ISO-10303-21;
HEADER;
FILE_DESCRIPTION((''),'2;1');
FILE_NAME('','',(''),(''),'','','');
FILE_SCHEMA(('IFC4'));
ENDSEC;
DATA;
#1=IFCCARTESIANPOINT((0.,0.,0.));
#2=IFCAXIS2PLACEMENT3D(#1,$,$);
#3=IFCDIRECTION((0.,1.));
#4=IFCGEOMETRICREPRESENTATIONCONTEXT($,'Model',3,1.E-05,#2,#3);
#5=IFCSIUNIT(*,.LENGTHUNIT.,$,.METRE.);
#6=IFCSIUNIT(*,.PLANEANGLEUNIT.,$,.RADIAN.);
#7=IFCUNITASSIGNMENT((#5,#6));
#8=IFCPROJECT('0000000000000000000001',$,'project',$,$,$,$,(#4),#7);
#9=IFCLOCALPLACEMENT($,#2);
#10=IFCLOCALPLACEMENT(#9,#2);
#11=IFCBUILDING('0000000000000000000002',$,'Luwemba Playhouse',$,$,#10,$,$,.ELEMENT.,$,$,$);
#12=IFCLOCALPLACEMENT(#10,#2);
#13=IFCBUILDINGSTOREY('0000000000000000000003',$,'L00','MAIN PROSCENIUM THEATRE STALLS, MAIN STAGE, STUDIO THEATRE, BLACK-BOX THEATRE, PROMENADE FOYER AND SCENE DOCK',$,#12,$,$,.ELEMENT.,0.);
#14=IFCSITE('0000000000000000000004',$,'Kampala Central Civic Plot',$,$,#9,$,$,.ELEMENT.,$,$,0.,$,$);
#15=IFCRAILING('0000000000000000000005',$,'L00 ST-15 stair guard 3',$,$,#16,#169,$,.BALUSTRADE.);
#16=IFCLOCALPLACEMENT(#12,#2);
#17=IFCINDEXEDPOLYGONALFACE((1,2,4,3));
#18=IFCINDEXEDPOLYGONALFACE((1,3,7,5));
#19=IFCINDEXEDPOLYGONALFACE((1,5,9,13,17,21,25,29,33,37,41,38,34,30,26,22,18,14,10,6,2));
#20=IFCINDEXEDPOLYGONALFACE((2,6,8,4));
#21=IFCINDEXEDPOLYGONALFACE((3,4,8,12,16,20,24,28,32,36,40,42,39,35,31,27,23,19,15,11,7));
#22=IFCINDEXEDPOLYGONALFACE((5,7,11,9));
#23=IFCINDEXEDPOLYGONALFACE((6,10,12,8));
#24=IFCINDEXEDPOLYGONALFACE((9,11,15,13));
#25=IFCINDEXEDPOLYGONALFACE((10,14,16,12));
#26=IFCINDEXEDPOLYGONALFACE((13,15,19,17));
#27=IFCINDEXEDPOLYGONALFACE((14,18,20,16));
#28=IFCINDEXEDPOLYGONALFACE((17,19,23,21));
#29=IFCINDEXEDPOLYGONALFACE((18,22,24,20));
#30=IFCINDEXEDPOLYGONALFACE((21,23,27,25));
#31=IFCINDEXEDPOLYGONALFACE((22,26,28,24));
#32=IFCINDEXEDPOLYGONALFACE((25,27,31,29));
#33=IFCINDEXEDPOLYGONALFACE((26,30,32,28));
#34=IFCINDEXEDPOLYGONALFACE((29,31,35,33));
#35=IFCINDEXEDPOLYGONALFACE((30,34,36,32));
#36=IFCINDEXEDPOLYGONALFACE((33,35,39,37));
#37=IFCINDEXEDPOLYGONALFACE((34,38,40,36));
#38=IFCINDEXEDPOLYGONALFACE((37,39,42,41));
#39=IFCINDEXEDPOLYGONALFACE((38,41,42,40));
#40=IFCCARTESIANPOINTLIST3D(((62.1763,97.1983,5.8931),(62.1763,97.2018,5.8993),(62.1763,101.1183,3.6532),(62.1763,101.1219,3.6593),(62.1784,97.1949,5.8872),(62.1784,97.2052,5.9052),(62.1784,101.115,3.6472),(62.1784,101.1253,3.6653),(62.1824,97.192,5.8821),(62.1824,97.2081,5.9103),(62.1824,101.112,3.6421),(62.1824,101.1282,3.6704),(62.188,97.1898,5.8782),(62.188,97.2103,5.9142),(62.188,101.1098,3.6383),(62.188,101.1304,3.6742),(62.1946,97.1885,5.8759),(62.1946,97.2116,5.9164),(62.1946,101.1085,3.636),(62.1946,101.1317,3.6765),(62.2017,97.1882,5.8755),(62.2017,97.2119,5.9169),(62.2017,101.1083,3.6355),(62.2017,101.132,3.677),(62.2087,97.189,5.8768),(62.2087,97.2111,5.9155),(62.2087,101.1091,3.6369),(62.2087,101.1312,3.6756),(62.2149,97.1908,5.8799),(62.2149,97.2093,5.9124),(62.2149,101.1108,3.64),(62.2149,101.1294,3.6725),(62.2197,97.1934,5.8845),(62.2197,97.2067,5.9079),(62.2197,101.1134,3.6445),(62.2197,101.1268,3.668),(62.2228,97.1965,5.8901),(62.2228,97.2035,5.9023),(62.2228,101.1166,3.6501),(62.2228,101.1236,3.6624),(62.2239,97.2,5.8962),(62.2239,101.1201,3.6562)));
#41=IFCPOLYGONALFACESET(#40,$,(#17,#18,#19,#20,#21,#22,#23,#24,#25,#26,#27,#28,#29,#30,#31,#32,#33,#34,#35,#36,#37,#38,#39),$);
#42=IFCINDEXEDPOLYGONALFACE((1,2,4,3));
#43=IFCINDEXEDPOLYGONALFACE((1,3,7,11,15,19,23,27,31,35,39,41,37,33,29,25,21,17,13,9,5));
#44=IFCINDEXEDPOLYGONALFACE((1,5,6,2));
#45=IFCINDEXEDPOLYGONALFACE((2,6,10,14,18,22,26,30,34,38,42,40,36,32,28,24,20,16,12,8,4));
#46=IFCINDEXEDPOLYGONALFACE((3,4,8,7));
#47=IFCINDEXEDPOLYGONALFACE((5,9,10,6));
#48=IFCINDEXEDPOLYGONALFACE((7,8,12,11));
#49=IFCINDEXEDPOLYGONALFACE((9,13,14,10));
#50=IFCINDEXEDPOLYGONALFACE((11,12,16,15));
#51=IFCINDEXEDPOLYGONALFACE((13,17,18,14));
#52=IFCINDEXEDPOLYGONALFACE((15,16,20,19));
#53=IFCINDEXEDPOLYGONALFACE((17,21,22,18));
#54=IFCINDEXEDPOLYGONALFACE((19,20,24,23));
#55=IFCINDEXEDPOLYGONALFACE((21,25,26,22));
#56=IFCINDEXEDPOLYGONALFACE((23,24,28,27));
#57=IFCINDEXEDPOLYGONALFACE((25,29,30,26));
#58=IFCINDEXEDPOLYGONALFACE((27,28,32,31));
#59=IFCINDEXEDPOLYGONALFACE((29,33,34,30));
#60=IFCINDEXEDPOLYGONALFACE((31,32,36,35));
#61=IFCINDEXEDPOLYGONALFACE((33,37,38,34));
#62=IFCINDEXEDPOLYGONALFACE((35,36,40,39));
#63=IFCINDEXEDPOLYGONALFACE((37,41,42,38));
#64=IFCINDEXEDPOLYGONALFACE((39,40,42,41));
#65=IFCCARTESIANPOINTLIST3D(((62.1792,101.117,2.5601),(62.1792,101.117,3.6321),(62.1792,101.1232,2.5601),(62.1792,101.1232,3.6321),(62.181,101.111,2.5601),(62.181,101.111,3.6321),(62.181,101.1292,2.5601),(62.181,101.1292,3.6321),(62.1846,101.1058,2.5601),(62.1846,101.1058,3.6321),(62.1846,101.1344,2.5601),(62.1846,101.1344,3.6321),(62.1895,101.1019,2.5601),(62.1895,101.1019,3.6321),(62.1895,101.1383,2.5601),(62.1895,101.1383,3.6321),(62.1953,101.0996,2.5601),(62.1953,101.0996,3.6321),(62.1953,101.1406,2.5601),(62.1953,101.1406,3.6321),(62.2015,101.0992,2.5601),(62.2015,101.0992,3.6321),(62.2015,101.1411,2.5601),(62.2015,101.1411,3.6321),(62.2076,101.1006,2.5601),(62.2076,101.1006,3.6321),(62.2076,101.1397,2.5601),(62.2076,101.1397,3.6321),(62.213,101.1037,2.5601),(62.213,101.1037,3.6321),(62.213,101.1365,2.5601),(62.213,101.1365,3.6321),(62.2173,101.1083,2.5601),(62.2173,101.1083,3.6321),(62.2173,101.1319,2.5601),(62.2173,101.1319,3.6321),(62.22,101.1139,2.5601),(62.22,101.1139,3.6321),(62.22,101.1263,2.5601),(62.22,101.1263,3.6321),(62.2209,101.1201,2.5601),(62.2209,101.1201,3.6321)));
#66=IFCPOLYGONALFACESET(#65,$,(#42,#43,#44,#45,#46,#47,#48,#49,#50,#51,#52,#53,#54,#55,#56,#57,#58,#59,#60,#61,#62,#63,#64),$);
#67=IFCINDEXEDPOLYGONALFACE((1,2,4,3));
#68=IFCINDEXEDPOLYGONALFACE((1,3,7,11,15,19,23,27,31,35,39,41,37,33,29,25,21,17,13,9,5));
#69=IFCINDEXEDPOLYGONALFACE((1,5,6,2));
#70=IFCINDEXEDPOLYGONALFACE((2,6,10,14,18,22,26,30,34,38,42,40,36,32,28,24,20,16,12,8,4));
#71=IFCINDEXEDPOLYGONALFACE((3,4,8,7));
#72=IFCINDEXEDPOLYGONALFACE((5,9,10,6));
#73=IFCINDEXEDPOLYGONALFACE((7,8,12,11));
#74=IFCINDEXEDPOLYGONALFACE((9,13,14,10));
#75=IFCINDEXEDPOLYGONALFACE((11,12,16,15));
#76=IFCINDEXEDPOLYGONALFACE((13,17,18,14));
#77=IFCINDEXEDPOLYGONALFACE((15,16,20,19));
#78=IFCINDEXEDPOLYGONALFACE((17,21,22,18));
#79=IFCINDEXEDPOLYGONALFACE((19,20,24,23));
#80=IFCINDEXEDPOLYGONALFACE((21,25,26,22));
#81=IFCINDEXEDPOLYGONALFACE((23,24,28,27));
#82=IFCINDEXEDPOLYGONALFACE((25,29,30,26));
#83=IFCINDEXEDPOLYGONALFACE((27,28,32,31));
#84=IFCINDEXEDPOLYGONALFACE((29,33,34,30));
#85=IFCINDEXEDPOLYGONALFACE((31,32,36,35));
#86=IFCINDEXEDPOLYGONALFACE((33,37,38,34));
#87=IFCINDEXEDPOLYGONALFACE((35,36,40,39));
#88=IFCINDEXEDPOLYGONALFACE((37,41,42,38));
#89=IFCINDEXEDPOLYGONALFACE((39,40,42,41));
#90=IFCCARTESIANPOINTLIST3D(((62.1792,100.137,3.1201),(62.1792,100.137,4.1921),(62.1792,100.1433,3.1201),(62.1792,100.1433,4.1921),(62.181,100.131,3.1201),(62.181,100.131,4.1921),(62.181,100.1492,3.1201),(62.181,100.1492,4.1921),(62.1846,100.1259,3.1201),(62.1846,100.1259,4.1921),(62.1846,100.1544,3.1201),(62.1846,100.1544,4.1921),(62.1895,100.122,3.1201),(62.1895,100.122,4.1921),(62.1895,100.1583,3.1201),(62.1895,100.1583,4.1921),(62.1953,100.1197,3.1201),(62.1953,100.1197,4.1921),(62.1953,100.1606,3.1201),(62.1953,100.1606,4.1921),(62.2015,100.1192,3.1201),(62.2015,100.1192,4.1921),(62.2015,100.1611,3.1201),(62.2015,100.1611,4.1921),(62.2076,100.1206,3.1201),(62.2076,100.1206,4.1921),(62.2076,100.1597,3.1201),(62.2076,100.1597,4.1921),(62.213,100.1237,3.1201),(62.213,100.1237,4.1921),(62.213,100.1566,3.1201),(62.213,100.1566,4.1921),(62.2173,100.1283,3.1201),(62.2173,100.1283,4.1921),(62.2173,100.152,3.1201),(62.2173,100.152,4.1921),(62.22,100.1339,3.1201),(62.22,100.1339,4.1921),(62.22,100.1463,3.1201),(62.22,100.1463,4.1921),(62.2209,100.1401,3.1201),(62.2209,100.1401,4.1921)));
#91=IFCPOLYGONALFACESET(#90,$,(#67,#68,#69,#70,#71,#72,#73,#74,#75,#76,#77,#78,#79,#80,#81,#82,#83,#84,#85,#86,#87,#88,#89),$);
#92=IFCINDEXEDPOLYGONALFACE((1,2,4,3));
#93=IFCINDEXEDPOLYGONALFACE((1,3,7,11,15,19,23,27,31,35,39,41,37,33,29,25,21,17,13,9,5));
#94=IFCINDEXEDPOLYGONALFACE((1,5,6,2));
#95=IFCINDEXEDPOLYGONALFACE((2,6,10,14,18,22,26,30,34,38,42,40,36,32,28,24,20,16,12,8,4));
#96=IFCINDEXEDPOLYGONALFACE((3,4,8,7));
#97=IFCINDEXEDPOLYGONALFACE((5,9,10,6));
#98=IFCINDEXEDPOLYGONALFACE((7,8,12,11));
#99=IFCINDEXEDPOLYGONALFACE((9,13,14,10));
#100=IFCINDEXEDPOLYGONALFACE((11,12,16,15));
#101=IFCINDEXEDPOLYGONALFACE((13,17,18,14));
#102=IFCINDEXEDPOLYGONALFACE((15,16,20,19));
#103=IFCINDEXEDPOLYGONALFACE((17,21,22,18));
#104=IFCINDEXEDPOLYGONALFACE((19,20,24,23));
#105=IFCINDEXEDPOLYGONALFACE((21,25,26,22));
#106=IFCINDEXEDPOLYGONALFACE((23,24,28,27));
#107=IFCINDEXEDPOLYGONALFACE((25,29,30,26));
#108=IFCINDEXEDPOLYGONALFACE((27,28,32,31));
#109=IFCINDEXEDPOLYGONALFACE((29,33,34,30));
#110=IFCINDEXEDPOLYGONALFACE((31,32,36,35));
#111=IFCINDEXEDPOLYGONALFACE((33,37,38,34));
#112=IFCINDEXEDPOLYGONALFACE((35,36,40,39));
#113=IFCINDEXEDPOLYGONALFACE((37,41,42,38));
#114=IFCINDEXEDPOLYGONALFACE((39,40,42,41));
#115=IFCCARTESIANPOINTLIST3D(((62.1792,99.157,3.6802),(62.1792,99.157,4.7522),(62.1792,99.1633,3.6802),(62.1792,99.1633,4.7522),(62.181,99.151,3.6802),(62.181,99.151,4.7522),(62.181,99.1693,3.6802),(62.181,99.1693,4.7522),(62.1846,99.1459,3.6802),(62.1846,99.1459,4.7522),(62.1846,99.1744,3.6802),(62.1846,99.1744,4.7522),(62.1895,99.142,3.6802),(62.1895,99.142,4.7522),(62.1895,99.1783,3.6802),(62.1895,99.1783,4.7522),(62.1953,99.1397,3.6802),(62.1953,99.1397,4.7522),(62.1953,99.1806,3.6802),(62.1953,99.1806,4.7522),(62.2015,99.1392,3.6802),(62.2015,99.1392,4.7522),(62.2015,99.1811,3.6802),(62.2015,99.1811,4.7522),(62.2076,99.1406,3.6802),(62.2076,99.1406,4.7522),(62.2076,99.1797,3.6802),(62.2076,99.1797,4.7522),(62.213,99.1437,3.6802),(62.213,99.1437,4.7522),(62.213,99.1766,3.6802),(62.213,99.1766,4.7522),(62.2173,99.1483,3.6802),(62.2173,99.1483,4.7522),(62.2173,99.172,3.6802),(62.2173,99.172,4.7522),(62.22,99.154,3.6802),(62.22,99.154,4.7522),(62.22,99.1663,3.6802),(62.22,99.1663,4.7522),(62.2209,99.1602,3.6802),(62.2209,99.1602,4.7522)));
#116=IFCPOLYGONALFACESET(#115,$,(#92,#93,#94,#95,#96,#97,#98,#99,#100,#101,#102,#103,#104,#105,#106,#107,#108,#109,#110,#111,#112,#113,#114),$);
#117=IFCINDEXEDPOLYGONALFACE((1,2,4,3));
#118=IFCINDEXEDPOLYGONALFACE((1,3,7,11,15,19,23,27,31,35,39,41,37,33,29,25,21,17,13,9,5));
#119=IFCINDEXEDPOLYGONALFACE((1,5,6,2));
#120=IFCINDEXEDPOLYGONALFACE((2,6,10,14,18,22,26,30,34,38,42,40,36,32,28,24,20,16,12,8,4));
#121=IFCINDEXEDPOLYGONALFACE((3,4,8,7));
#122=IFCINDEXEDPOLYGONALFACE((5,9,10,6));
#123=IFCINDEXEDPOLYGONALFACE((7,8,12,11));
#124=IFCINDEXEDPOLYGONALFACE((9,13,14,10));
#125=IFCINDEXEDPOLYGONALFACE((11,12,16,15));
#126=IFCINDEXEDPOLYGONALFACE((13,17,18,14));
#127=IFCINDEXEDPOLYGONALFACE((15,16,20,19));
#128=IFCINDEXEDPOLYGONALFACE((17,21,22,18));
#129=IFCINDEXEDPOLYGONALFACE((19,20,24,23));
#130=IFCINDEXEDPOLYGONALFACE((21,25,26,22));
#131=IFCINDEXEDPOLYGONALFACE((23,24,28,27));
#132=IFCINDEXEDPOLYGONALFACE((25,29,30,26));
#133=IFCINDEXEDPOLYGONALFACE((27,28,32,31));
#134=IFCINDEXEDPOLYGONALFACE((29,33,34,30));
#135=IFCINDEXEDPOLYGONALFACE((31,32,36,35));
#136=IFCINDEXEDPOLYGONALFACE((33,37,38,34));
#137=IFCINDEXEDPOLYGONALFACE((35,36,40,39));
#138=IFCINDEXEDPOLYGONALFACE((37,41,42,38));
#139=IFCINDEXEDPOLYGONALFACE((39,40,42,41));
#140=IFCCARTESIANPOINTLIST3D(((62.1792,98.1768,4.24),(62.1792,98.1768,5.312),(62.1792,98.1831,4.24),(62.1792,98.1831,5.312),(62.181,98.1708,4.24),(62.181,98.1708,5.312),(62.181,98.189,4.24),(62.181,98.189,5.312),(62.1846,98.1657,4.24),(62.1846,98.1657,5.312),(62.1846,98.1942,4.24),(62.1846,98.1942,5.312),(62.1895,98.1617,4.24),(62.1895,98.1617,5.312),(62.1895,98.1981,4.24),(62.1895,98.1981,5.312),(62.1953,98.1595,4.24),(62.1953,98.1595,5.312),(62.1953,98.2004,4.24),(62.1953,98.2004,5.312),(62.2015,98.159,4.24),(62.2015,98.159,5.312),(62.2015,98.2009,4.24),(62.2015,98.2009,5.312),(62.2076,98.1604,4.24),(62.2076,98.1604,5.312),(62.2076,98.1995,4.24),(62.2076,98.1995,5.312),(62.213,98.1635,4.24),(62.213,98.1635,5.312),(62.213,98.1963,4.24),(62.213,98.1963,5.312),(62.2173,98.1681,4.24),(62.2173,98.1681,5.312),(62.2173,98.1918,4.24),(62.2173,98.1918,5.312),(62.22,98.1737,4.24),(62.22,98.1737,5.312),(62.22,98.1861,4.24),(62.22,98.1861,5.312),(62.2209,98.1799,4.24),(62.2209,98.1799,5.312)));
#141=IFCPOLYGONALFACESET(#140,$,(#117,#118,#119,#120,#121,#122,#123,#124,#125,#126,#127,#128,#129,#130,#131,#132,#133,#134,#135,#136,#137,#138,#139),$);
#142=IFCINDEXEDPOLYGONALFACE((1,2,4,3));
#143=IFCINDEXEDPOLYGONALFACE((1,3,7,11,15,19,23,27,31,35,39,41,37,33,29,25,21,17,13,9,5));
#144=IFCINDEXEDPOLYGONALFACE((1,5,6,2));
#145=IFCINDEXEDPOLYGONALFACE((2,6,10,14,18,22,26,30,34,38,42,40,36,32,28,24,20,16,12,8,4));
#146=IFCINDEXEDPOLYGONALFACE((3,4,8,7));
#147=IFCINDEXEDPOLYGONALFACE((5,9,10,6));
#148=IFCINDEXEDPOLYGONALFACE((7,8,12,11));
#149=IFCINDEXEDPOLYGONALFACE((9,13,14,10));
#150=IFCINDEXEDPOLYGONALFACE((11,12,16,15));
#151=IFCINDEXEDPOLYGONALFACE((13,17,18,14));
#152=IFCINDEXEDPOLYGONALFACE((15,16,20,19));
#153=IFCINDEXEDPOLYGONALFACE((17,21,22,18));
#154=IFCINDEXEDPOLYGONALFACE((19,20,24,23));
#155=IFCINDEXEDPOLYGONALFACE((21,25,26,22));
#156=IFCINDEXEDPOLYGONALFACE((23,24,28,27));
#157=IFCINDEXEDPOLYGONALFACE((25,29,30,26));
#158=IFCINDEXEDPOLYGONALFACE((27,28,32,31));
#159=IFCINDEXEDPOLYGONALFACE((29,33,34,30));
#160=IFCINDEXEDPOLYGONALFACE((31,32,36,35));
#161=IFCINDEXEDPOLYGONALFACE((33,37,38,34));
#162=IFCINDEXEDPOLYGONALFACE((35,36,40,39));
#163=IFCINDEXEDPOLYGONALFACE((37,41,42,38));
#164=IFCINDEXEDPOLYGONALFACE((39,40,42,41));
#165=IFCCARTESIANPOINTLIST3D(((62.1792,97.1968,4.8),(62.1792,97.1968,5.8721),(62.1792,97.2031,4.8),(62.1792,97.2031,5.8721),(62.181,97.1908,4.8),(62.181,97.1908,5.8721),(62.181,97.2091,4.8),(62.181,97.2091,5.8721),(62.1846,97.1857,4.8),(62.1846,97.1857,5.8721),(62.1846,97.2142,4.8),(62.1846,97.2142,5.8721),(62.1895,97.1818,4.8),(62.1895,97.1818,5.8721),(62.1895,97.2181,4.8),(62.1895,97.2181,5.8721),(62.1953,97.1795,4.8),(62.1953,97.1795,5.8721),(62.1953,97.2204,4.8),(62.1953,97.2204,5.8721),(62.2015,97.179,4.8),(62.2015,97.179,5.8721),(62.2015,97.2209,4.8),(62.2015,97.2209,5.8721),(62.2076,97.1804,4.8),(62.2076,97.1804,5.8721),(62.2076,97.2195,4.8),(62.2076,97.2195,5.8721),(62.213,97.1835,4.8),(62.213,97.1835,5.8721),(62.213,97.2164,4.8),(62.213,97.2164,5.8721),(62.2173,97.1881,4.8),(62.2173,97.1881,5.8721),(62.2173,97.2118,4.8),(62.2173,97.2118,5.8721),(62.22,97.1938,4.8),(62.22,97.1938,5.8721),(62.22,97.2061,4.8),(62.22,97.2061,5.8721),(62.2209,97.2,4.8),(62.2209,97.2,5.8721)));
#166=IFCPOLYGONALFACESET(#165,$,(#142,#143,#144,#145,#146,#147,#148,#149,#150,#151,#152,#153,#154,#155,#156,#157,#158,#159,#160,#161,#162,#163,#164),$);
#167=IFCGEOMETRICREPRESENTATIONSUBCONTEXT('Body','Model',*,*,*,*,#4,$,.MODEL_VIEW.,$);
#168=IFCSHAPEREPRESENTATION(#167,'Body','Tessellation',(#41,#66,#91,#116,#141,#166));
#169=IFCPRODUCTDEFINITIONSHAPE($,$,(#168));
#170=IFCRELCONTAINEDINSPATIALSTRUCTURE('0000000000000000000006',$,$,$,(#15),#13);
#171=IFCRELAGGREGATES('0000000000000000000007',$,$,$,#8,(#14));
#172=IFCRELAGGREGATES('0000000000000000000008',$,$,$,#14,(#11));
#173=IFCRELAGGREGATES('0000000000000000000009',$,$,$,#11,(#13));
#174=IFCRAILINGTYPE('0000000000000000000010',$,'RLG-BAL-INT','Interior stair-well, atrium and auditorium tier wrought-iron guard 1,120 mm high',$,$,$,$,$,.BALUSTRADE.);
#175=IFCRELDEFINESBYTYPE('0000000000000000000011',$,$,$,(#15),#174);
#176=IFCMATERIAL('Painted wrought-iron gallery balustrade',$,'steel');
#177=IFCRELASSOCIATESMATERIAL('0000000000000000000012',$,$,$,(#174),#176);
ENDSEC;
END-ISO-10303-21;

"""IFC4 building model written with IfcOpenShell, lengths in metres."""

from ifc_helpers import new_model, si_unit, direction, frame, origin, origin_2d, place, context, subcontext, project, spatial, circle, extrude, material, type_object, element, save


model = new_model("IFC4")

# Units and contexts
model_context = context("Model", 3, precision=1e-05, world=origin(), true_north=direction((0.0, 1.0)))
body_context = subcontext(model_context, "Body", "Model", "MODEL_VIEW")
ifc_project = project(units=[si_unit("LENGTHUNIT", "METRE"), si_unit("PLANEANGLEUNIT", "RADIAN")], contexts=[model_context])

# Site, building, storey
site_placement = place(None, origin())
site = spatial("IfcSite", under=ifc_project, at=site_placement, Name="Kampala Central Civic Plot", CompositionType="ELEMENT", RefElevation=0.0)
building_placement = place(site_placement, origin())
building = spatial("IfcBuilding", under=site, at=building_placement, Name="Luwemba Playhouse", CompositionType="ELEMENT")
storey_placement = place(building_placement, origin())
storey = spatial("IfcBuildingStorey", under=building, at=storey_placement, Name="L00", Description="MAIN PROSCENIUM THEATRE STALLS, MAIN STAGE, STUDIO THEATRE, BLACK-BOX THEATRE, PROMENADE FOYER AND SCENE DOCK", CompositionType="ELEMENT", Elevation=0.0)

# Railing
ifc_material_1 = material(Name="Painted wrought-iron gallery balustrade", Category="steel")
railing_type_1 = type_object("IfcRailingType", Name="RLG-BAL-INT", Description="Interior stair-well, atrium and auditorium tier wrought-iron guard 1,120 mm high", PredefinedType="BALUSTRADE", material=ifc_material_1)
railing_1_placement = place(storey_placement, frame((62.2, 101.1201, 2.5601)))
element("IfcRailing", 1, at=railing_1_placement, inside=storey, type_object=railing_type_1, Name="L00 ST-15 stair guard 3", PredefinedType="BALUSTRADE", context=body_context, shape_type="SweptSolid", body=[
    extrude(circle(Radius=0.0239, at=origin_2d()), frame((0.0, 0.0, 1.0962), z_axis=(0.0, -0.868253, 0.496121), x_axis=(1.0, 0.0, 0.0)), (0.0, 0.0, 1.0), 4.5149),
    extrude(circle(Radius=0.021, at=origin_2d()), origin(), (0.0, 0.0, 1.0), 1.072),
    extrude(circle(Radius=0.021, at=origin_2d()), frame((0.0, -0.98, 0.5601)), (0.0, 0.0, 1.0), 1.072),
    extrude(circle(Radius=0.021, at=origin_2d()), frame((0.0, -1.96, 1.1201)), (0.0, 0.0, 1.0), 1.072),
    extrude(circle(Radius=0.021, at=origin_2d()), frame((0.0, -2.9402, 1.6799)), (0.0, 0.0, 1.0), 1.072),
    extrude(circle(Radius=0.021, at=origin_2d()), frame((0.0, -3.9202, 2.24)), (0.0, 0.0, 1.0), 1.072),
])

save(model, "model.ifc")
